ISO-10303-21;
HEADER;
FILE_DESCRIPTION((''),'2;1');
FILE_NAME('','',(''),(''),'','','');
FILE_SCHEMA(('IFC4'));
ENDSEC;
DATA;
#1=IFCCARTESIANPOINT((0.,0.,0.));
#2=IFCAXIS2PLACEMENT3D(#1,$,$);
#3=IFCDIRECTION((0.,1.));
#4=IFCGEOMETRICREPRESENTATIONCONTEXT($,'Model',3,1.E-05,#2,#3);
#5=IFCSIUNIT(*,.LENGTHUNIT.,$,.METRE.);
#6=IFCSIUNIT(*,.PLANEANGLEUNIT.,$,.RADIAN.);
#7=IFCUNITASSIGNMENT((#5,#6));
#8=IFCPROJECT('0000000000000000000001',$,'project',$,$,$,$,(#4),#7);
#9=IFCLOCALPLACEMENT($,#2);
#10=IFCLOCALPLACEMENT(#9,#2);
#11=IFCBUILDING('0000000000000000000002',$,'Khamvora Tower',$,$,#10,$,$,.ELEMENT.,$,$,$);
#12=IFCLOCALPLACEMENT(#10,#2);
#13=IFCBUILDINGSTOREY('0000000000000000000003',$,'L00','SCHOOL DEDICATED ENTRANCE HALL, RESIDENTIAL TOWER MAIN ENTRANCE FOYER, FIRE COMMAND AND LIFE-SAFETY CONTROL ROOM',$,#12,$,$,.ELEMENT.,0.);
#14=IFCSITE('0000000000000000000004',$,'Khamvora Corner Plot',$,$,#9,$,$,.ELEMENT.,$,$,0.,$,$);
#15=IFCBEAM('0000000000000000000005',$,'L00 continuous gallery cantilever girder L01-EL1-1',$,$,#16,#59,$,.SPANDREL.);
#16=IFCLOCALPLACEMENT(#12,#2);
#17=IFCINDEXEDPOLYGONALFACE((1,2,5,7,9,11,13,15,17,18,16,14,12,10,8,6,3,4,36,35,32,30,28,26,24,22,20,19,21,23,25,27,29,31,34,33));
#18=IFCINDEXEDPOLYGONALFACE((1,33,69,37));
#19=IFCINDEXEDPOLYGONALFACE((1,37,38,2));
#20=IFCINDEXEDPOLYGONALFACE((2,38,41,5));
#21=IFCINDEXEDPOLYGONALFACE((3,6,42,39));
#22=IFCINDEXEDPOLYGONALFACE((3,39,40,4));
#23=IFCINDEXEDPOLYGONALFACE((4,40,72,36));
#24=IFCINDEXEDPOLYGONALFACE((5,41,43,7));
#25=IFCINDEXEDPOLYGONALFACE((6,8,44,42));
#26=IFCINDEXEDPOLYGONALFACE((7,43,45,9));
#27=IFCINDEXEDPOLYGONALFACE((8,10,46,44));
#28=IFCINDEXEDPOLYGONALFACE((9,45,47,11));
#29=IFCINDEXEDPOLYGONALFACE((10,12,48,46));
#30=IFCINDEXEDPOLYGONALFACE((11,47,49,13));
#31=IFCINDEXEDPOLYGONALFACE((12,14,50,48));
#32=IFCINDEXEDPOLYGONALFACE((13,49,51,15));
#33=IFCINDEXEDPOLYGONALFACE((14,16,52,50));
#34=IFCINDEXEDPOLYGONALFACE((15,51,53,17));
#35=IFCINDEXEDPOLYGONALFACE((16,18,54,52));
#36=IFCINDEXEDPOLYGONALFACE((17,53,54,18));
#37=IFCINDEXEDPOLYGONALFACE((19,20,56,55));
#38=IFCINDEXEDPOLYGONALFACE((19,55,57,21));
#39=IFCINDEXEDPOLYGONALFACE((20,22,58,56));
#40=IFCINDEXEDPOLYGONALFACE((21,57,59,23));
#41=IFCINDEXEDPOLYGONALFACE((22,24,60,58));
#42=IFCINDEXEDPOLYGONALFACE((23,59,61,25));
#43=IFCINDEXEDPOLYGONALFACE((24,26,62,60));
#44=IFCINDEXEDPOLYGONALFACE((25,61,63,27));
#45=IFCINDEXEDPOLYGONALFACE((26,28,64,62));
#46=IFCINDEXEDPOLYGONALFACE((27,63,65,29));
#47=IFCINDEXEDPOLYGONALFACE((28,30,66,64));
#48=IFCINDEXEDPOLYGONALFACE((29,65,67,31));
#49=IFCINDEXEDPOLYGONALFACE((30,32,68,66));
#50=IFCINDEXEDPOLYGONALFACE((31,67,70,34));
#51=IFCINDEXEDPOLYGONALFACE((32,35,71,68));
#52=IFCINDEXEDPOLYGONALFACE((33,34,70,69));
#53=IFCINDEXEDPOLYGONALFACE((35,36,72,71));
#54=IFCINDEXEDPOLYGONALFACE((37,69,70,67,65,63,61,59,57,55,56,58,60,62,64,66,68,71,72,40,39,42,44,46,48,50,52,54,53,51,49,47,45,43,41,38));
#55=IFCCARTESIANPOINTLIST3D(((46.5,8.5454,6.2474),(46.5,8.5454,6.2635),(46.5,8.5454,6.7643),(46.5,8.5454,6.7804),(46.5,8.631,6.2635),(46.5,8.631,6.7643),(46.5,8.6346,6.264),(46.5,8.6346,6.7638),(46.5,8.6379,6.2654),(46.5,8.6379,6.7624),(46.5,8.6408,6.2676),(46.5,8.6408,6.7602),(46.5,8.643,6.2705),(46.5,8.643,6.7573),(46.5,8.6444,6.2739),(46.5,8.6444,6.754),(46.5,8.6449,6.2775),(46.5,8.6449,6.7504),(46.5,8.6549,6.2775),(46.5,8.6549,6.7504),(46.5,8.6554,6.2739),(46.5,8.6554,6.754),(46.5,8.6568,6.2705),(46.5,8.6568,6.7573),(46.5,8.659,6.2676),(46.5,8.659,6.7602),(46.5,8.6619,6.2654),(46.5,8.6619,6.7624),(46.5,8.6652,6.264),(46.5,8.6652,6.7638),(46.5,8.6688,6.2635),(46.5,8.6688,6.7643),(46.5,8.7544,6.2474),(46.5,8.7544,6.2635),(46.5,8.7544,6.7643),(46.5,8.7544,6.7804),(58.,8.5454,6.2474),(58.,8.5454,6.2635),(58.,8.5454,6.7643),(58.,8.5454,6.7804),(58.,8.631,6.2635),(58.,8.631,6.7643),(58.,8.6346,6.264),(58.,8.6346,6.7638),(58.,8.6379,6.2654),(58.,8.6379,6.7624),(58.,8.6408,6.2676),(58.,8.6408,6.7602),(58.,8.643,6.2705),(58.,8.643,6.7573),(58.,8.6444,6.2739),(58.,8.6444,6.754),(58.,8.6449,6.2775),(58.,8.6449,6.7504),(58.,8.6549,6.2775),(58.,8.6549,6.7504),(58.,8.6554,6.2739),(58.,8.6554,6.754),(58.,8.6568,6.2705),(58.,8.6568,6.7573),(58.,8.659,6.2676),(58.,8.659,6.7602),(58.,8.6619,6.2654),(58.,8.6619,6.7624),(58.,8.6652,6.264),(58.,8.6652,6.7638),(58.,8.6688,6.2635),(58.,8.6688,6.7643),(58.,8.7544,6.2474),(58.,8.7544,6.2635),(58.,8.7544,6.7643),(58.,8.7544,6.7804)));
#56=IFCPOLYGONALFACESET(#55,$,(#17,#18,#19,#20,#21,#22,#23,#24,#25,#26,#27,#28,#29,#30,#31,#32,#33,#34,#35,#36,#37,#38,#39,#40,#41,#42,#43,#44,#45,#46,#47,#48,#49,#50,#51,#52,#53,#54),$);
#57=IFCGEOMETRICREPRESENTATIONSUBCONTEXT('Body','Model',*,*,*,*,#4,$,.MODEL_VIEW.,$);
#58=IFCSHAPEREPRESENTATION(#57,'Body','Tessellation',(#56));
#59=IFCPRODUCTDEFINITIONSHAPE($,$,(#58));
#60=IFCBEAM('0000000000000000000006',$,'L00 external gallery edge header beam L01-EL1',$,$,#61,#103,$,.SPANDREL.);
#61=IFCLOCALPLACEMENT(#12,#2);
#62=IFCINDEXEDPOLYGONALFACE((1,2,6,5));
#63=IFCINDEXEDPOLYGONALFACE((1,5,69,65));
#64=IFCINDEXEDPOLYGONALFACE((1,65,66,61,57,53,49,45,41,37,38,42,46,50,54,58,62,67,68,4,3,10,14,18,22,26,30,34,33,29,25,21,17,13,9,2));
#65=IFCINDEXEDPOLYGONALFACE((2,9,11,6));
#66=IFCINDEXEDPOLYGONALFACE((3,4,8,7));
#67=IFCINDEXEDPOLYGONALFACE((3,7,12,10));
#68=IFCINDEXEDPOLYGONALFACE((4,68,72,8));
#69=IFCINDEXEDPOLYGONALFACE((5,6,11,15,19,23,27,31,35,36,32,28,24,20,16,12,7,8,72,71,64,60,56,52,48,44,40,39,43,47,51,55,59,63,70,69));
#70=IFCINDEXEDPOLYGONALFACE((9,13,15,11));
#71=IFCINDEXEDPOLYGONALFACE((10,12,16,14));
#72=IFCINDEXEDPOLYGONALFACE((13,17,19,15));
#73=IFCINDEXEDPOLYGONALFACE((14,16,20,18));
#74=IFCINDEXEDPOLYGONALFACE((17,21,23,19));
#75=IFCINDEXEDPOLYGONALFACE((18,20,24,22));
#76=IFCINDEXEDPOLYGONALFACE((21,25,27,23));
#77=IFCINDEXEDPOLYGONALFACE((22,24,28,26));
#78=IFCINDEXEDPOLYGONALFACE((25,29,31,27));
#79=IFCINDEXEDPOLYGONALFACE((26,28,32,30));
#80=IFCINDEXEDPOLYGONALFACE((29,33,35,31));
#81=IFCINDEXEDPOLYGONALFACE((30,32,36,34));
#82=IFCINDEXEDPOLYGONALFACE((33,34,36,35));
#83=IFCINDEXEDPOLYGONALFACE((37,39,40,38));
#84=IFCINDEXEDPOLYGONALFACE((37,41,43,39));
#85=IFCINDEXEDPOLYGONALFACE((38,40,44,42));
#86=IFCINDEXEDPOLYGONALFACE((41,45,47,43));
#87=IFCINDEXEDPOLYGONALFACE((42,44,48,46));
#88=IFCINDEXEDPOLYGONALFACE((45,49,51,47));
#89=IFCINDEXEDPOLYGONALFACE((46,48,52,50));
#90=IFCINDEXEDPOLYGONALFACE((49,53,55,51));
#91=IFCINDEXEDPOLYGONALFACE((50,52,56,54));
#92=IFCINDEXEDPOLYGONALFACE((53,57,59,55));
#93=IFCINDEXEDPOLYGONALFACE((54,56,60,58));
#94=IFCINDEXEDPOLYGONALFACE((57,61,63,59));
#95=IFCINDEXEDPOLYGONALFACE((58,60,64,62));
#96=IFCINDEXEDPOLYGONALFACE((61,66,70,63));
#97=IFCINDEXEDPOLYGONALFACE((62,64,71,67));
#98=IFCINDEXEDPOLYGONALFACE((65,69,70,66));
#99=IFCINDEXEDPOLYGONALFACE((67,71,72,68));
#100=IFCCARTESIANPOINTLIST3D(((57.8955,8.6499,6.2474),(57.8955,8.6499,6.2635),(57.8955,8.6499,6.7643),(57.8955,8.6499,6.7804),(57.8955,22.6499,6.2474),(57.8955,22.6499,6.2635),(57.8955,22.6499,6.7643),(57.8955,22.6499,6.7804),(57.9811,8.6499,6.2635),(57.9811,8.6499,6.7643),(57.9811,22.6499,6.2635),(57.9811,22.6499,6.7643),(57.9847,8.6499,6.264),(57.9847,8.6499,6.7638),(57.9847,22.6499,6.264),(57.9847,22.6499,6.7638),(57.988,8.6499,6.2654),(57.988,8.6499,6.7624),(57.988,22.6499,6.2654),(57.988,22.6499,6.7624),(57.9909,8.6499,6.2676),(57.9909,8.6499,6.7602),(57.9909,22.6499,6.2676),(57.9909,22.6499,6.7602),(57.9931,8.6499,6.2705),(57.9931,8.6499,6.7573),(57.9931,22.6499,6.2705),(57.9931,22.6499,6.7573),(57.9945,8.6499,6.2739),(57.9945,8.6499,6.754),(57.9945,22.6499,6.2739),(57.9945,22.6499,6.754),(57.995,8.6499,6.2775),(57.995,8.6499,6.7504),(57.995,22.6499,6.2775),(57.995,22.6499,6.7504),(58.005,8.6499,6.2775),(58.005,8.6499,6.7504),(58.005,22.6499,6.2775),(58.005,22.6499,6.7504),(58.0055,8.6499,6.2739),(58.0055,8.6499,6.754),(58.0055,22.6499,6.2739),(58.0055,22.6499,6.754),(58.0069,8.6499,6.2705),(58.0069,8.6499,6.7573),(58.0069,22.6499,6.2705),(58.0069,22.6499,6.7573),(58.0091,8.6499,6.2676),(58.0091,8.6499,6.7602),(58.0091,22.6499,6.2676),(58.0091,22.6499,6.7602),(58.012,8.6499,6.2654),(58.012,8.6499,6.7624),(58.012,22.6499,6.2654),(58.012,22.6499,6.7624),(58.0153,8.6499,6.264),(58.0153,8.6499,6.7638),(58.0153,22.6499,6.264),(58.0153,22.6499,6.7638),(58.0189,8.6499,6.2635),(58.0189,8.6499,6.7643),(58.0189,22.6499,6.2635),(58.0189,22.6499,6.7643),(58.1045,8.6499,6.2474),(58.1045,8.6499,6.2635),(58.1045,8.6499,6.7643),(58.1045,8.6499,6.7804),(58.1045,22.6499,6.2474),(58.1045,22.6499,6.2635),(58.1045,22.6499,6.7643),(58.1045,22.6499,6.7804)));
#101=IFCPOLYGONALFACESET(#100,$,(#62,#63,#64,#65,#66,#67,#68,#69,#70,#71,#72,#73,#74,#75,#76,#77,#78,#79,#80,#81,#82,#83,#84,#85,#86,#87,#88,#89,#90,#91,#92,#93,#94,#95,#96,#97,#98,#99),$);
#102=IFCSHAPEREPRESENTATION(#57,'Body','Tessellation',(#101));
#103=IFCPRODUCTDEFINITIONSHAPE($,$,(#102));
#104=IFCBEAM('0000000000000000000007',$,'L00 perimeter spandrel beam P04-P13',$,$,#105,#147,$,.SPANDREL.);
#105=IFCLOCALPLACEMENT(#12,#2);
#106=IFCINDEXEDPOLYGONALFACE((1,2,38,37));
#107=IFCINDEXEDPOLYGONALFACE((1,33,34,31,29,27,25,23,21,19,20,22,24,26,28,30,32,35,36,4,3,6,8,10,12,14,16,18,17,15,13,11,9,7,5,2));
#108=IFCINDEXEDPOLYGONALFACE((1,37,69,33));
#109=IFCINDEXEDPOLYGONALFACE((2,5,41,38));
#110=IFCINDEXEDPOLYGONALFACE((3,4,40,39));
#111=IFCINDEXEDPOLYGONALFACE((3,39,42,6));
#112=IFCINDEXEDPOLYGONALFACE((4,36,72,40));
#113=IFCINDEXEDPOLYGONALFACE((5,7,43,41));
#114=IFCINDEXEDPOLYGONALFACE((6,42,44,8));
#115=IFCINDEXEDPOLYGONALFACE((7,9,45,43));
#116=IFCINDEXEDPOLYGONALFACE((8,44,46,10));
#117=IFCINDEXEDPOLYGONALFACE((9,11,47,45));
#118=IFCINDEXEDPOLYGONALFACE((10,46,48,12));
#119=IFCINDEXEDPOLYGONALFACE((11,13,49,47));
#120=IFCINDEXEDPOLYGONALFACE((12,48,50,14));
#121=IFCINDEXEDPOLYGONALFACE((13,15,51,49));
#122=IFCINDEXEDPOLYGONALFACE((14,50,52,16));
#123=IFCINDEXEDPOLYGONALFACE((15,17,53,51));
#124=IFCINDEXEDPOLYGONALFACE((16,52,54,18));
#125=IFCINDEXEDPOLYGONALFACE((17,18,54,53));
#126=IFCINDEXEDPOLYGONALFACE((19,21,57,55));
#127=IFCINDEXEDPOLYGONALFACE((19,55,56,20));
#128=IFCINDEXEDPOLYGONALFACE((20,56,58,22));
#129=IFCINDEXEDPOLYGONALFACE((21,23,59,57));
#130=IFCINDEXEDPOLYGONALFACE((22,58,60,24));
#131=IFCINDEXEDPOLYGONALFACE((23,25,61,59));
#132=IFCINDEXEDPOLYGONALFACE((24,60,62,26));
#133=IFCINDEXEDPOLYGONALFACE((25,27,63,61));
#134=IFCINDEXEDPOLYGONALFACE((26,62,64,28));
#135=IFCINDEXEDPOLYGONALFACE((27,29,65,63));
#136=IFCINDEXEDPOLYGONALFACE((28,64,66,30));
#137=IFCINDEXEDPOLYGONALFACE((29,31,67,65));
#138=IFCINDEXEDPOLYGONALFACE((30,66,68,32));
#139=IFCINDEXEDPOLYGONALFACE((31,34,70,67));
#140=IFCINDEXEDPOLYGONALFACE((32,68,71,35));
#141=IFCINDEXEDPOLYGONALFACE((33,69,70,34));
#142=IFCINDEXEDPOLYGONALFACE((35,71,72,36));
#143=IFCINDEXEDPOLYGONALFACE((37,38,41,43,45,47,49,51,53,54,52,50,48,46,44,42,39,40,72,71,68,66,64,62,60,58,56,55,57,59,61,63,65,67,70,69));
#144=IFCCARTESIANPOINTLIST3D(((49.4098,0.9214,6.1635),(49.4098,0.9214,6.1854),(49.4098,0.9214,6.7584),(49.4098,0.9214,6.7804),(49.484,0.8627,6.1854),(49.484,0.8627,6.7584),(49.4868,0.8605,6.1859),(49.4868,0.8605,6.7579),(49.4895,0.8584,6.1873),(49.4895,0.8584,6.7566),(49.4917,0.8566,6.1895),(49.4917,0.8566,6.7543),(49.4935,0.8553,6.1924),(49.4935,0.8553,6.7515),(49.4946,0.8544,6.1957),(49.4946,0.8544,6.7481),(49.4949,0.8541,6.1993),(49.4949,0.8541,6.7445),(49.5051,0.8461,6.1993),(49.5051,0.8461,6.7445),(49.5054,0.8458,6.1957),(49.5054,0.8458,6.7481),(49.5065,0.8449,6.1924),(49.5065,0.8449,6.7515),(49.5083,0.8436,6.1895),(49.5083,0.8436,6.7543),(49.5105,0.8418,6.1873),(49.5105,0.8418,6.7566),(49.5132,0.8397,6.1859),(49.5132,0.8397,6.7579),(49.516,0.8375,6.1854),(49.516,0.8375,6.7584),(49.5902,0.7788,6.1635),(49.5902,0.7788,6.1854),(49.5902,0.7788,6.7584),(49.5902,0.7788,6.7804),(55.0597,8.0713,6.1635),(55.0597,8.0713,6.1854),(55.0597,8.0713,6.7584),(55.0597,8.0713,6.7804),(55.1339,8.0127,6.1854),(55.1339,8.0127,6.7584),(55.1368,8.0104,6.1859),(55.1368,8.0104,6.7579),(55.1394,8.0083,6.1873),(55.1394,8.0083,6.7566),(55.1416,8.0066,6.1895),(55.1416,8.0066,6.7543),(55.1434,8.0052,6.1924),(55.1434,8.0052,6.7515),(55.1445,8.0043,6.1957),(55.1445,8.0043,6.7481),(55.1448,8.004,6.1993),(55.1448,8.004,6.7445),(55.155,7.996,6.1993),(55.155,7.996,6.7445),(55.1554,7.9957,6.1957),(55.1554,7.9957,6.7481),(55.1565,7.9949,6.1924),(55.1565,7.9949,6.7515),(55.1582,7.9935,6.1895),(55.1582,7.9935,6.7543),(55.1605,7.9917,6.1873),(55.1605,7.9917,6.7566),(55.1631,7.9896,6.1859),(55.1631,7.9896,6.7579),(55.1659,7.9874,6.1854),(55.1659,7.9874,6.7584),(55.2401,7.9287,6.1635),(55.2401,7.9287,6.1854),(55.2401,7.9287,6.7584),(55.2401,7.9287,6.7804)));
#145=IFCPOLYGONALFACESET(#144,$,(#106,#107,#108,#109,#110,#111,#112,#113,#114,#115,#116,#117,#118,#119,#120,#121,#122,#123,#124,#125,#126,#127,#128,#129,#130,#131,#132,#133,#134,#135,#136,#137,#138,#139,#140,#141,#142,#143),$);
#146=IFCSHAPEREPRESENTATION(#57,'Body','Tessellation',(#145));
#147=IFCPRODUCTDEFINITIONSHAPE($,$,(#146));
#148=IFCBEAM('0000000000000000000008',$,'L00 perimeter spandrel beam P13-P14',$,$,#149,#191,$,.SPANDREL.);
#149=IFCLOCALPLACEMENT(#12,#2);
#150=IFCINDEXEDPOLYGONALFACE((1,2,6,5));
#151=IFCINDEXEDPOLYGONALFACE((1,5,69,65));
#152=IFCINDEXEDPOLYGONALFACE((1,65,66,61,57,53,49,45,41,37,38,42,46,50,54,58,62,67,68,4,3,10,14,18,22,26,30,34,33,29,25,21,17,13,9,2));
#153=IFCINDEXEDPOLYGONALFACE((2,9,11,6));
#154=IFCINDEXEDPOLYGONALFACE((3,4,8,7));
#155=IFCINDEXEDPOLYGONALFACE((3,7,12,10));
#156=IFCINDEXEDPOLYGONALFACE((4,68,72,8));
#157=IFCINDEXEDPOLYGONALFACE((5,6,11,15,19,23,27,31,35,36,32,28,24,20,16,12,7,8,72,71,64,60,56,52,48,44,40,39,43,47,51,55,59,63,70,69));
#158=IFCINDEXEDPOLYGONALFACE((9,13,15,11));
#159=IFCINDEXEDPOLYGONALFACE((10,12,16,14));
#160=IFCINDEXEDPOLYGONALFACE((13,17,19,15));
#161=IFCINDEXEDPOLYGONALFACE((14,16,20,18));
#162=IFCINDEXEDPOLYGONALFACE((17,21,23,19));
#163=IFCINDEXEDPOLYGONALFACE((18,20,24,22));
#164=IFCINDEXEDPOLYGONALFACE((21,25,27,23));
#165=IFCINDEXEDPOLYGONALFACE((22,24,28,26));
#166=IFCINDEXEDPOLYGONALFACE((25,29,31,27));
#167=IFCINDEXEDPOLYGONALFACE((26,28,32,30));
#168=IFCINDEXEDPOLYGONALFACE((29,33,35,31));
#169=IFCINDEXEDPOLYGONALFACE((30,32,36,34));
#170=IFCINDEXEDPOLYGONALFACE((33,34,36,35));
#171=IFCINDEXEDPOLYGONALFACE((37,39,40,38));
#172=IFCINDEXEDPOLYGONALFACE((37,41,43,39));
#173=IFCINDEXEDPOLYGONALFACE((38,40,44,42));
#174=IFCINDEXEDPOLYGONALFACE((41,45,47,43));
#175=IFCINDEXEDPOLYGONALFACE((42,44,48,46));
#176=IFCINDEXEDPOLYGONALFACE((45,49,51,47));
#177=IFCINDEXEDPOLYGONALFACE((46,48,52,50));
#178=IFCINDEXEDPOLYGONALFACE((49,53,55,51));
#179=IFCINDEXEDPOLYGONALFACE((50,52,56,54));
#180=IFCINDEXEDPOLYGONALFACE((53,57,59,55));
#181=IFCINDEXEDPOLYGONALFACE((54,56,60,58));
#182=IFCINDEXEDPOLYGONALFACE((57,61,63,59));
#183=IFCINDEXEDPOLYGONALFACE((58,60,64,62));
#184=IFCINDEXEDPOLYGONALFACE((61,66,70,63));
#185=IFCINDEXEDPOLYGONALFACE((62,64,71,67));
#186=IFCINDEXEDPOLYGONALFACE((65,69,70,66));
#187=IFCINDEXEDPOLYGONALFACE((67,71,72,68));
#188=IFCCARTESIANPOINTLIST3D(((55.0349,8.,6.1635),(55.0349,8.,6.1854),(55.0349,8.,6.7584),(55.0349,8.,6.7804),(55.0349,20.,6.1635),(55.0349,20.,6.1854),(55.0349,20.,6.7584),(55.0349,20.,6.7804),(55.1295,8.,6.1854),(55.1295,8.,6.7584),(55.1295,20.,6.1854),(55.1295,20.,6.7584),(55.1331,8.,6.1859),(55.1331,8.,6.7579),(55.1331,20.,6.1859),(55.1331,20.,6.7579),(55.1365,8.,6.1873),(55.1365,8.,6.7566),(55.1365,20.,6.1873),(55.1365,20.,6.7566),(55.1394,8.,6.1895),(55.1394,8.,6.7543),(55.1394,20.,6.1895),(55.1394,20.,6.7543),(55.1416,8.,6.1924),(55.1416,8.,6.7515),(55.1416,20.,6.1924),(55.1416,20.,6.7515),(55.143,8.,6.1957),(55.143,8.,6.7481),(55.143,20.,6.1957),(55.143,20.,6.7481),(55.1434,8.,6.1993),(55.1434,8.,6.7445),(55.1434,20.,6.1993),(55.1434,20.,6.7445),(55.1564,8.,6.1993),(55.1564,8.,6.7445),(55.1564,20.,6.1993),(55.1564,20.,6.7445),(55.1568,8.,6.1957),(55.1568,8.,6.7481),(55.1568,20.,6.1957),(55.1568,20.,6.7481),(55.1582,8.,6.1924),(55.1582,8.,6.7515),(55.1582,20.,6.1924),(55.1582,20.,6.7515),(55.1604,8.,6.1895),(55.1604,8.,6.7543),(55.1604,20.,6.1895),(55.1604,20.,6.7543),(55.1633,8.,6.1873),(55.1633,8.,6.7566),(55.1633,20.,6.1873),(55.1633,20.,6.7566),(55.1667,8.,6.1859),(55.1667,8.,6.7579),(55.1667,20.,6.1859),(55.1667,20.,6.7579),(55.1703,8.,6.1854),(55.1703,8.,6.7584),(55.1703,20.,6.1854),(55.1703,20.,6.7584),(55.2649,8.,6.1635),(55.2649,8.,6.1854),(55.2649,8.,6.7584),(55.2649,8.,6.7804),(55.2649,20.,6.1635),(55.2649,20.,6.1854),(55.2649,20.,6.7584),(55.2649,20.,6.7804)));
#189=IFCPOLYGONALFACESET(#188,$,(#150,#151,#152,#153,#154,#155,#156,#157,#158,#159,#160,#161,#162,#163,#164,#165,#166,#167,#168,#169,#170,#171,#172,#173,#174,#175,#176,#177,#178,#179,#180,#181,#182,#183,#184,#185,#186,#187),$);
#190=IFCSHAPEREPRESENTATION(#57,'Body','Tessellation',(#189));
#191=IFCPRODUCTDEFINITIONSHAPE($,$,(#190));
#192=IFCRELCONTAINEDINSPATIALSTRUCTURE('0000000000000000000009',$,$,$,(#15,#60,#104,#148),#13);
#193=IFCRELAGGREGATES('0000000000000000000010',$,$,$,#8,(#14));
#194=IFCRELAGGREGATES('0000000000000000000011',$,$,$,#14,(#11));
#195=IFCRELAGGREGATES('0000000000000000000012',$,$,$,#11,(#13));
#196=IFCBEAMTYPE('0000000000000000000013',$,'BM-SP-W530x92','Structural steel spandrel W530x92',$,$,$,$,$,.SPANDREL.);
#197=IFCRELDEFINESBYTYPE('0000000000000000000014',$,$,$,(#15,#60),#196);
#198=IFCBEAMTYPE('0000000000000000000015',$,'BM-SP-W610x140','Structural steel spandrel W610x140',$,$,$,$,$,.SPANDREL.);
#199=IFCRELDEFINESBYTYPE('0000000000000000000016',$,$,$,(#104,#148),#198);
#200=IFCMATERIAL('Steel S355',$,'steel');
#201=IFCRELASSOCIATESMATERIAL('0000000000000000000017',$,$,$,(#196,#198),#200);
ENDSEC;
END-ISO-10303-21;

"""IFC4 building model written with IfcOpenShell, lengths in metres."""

from ifc_helpers import new_model, si_unit, direction, frame, origin, origin_2d, place, context, subcontext, project, spatial, i_section, extrude, material, material_profile, profile_set, type_object, element, save


model = new_model("IFC4")

# Units and contexts
model_context = context("Model", 3, precision=1e-05, world=origin(), true_north=direction((0.0, 1.0)))
body_context = subcontext(model_context, "Body", "Model", "MODEL_VIEW")
ifc_project = project(units=[si_unit("LENGTHUNIT", "METRE"), si_unit("PLANEANGLEUNIT", "RADIAN")], contexts=[model_context])

# Site, building, storey
site_placement = place(None, origin())
site = spatial("IfcSite", under=ifc_project, at=site_placement, Name="Khamvora Corner Plot", CompositionType="ELEMENT", RefElevation=0.0)
building_placement = place(site_placement, origin())
building = spatial("IfcBuilding", under=site, at=building_placement, Name="Khamvora Tower", CompositionType="ELEMENT")
storey_placement = place(building_placement, origin())
storey = spatial("IfcBuildingStorey", under=building, at=storey_placement, Name="L00", Description="SCHOOL DEDICATED ENTRANCE HALL, RESIDENTIAL TOWER MAIN ENTRANCE FOYER, FIRE COMMAND AND LIFE-SAFETY CONTROL ROOM", CompositionType="ELEMENT", Elevation=0.0)

# Beams
ifc_material_1 = material(Name="Steel S355", Category="steel")
ifc_material_profile_1 = material_profile(ifc_material_1, i_section(OverallWidth=0.209, OverallDepth=0.533, WebThickness=0.01, FlangeThickness=0.0161, FilletRadius=0.0139, at=origin_2d()), Name="W530x92")
ifc_profile_set_1 = profile_set([ifc_material_profile_1], Name="Steel S355")
beam_type_1 = type_object("IfcBeamType", Name="BM-SP-W530x92", Description="Structural steel spandrel W530x92", PredefinedType="SPANDREL", material=ifc_profile_set_1)
beam_1_placement = place(storey_placement, frame((46.5, 8.6499, 6.5139), z_axis=(1.0, 0.0, 0.0), x_axis=(0.0, 1.0, 0.0)))
element("IfcBeam", 1, at=beam_1_placement, inside=storey, type_object=beam_type_1, Name="L00 continuous gallery cantilever girder L01-EL1-1", PredefinedType="SPANDREL", context=body_context, shape_type="SweptSolid", body=[
    extrude(i_section(OverallWidth=0.209, OverallDepth=0.533, WebThickness=0.01, FlangeThickness=0.0161, FilletRadius=0.0139, at=origin_2d()), origin(), (0.0, 0.0, 1.0), 11.5),
])
beam_2_placement = place(storey_placement, frame((58.0, 8.6499, 6.5139), z_axis=(0.0, 1.0, 0.0), x_axis=(-1.0, 0.0, 0.0)))
element("IfcBeam", 2, at=beam_2_placement, inside=storey, type_object=beam_type_1, Name="L00 external gallery edge header beam L01-EL1", PredefinedType="SPANDREL", context=body_context, shape_type="SweptSolid", body=[
    extrude(i_section(OverallWidth=0.209, OverallDepth=0.533, WebThickness=0.01, FlangeThickness=0.0161, FilletRadius=0.0139, at=origin_2d()), origin(), (0.0, 0.0, 1.0), 14.0),
])
ifc_material_profile_2 = material_profile(ifc_material_1, i_section(OverallWidth=0.23, OverallDepth=0.6169, WebThickness=0.0129, FlangeThickness=0.022, FilletRadius=0.0139, at=origin_2d()), Name="W610x140")
ifc_profile_set_2 = profile_set([ifc_material_profile_2], Name="Steel S355")
beam_type_2 = type_object("IfcBeamType", Name="BM-SP-W610x140", Description="Structural steel spandrel W610x140", PredefinedType="SPANDREL", material=ifc_profile_set_2)
beam_3_placement = place(storey_placement, frame((49.5, 0.8501, 6.4719), z_axis=(0.619999, 0.784603, 0.0), x_axis=(-0.784603, 0.619999, 0.0)))
element("IfcBeam", 3, at=beam_3_placement, inside=storey, type_object=beam_type_2, Name="L00 perimeter spandrel beam P04-P13", PredefinedType="SPANDREL", context=body_context, shape_type="SweptSolid", body=[
    extrude(i_section(OverallWidth=0.23, OverallDepth=0.6169, WebThickness=0.0129, FlangeThickness=0.022, FilletRadius=0.0139, at=origin_2d()), origin(), (0.0, 0.0, 1.0), 9.1128),
])
beam_4_placement = place(storey_placement, frame((55.1499, 8.0, 6.4719), z_axis=(0.0, 1.0, 0.0), x_axis=(-1.0, 0.0, 0.0)))
element("IfcBeam", 4, at=beam_4_placement, inside=storey, type_object=beam_type_2, Name="L00 perimeter spandrel beam P13-P14", PredefinedType="SPANDREL", context=body_context, shape_type="SweptSolid", body=[
    extrude(i_section(OverallWidth=0.23, OverallDepth=0.6169, WebThickness=0.0129, FlangeThickness=0.022, FilletRadius=0.0139, at=origin_2d()), origin(), (0.0, 0.0, 1.0), 12.0),
])

save(model, "model.ifc")
